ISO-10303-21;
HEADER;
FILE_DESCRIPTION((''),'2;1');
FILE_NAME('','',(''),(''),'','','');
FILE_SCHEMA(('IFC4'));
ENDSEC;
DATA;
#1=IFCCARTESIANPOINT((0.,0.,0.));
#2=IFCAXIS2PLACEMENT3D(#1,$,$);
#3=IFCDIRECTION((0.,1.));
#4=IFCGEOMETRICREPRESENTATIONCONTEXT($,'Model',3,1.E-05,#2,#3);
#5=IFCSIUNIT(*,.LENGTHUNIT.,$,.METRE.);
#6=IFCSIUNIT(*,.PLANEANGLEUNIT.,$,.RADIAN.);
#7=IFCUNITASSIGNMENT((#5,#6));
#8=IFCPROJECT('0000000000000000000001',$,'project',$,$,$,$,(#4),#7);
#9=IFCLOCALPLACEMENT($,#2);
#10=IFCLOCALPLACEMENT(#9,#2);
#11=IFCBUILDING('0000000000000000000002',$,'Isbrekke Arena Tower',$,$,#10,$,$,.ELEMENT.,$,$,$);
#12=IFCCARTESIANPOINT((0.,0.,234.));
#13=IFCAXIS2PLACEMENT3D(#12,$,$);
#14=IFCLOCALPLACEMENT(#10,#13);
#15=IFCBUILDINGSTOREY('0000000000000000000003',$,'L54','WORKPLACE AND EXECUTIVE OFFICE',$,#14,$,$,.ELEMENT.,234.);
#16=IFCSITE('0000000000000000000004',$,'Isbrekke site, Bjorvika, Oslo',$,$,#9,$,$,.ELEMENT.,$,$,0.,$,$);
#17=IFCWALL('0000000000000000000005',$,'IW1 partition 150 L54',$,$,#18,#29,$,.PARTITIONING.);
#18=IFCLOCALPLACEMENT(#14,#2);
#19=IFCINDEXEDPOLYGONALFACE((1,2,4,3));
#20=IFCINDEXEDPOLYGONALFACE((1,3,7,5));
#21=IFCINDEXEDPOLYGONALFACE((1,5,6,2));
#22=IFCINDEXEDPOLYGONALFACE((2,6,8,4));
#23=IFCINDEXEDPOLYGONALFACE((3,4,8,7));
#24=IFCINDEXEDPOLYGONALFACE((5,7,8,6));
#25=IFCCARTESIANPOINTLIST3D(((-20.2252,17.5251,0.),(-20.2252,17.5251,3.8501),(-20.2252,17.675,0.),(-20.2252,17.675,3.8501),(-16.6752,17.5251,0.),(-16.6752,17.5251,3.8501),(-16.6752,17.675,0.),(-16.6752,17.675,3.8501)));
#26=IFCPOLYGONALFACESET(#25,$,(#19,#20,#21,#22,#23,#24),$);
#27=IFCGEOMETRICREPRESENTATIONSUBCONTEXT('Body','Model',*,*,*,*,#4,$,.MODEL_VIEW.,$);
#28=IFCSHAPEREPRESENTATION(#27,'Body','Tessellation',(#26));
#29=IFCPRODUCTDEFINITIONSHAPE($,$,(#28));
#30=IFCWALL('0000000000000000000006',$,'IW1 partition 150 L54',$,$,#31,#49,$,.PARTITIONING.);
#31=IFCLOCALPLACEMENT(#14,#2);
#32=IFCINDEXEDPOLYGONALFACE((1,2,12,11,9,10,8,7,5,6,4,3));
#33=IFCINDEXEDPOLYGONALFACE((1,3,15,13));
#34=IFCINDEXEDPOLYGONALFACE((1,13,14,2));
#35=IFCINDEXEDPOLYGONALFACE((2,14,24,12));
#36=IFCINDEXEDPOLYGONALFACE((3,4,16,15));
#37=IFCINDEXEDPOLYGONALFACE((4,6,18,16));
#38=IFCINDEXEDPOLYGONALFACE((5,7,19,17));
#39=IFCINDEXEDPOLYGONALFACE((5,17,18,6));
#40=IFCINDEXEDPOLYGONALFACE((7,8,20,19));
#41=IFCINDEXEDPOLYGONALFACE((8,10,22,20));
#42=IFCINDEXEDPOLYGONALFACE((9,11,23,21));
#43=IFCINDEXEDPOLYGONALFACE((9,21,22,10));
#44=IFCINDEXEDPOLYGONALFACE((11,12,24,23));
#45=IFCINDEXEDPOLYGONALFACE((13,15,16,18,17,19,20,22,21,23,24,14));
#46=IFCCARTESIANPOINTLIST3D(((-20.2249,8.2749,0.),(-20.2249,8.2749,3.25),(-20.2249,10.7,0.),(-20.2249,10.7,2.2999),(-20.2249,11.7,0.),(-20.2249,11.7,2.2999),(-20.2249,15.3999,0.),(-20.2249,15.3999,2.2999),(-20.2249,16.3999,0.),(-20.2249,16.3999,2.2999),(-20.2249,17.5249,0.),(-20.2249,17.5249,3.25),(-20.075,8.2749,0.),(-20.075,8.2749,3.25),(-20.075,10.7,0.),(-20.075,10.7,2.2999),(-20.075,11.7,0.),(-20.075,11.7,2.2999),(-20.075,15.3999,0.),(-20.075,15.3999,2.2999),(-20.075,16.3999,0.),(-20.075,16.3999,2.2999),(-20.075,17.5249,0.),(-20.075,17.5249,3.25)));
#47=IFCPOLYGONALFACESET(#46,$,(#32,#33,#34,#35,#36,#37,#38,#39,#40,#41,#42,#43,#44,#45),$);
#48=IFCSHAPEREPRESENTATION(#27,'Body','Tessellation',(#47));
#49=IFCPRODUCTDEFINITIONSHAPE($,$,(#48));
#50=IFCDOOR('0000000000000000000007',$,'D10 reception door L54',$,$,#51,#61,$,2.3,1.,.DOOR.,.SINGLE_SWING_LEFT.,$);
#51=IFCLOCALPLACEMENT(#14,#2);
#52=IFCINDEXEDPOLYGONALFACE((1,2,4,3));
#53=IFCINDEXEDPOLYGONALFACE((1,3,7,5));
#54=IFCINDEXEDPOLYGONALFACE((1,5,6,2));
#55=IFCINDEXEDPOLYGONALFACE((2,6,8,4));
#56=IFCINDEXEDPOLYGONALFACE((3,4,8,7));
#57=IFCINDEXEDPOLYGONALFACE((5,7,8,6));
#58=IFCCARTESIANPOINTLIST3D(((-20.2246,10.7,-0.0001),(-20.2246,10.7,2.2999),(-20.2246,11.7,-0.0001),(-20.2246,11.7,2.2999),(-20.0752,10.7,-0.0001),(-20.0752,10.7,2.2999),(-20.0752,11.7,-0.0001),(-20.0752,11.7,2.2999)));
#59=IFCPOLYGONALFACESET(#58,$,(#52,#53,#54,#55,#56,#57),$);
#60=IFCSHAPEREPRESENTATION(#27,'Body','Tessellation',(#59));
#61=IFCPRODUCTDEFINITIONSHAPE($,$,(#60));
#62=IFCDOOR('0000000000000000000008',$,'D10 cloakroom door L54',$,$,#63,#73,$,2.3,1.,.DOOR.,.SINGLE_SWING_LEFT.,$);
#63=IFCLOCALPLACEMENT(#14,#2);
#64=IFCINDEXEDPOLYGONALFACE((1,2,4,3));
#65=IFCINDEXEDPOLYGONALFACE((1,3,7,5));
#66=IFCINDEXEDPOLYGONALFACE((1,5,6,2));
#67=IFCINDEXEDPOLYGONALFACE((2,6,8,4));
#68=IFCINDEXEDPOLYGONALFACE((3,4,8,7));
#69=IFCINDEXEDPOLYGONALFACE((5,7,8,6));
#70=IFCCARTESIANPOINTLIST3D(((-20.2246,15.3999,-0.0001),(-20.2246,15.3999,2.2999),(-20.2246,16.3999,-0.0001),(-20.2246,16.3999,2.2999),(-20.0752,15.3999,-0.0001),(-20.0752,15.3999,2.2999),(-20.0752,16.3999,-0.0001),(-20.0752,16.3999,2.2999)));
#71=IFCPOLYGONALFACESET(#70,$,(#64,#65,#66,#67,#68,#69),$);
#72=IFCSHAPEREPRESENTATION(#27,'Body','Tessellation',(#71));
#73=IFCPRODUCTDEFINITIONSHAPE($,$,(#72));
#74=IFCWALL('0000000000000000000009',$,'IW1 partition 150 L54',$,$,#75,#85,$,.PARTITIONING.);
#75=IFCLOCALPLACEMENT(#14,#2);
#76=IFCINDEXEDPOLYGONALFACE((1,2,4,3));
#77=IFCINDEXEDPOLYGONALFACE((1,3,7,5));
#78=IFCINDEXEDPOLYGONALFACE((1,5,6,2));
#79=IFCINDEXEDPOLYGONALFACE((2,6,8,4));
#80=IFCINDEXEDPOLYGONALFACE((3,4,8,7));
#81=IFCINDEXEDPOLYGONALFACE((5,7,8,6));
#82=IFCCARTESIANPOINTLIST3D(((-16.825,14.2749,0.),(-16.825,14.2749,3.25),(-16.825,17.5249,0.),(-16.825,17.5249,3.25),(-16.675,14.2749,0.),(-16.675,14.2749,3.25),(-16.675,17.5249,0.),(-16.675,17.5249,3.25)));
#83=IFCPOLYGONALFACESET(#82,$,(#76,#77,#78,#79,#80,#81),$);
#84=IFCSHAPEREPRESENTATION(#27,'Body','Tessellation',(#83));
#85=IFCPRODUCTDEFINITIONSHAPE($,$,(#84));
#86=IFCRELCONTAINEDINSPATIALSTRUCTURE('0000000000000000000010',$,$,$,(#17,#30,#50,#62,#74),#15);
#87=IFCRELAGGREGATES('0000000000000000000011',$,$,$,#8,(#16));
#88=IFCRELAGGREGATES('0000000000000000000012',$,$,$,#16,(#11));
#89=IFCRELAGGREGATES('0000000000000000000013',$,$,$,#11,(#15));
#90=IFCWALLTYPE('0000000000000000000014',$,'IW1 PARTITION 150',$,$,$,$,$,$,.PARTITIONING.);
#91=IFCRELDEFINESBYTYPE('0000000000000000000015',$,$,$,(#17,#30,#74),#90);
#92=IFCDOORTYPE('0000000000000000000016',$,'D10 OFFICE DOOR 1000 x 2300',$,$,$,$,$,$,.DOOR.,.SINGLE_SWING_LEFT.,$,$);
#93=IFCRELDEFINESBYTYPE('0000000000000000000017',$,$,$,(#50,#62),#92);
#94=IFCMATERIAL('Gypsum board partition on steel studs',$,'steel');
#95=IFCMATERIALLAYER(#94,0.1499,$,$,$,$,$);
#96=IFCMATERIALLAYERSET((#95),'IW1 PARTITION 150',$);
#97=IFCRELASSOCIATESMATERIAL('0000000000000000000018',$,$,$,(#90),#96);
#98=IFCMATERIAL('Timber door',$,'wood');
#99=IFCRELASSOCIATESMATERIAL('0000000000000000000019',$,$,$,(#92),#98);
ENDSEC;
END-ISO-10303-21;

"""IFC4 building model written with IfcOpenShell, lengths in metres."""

from ifc_helpers import new_model, si_unit, direction, frame, frame_2d, origin, place, context, subcontext, project, spatial, rectangle, extrude, material, layer, layer_set, type_object, element, fill, save


model = new_model("IFC4")

# Units and contexts
model_context = context("Model", 3, precision=1e-05, world=origin(), true_north=direction((0.0, 1.0)))
body_context = subcontext(model_context, "Body", "Model", "MODEL_VIEW")
ifc_project = project(units=[si_unit("LENGTHUNIT", "METRE"), si_unit("PLANEANGLEUNIT", "RADIAN")], contexts=[model_context])

# Site, building, storey
site_placement = place(None, origin())
site = spatial("IfcSite", under=ifc_project, at=site_placement, Name="Isbrekke site, Bjorvika, Oslo", CompositionType="ELEMENT", RefElevation=0.0)
building_placement = place(site_placement, origin())
building = spatial("IfcBuilding", under=site, at=building_placement, Name="Isbrekke Arena Tower", CompositionType="ELEMENT")
storey_placement = place(building_placement, frame((0.0, 0.0, 234.0)))
storey = spatial("IfcBuildingStorey", under=building, at=storey_placement, Name="L54", Description="WORKPLACE AND EXECUTIVE OFFICE", CompositionType="ELEMENT", Elevation=234.0)

# Wall
ifc_material_1 = material(Name="Gypsum board partition on steel studs", Category="steel")
ifc_layer_1 = layer(ifc_material_1, 0.1499)
ifc_layer_set_1 = layer_set([ifc_layer_1], Name="IW1 PARTITION 150")
wall_type = type_object("IfcWallType", Name="IW1 PARTITION 150", PredefinedType="PARTITIONING", material=ifc_layer_set_1)
wall_1_placement = place(storey_placement, frame((-20.2251, 17.6001, 0.0), z_axis=(0.0, 0.0, 1.0), x_axis=(1.0, 0.0, 0.0)))
element("IfcWall", 1, at=wall_1_placement, inside=storey, type_object=wall_type, Name="IW1 partition 150 L54", PredefinedType="PARTITIONING", context=body_context, shape_type="SweptSolid", body=[
    extrude(rectangle(XDim=3.55, YDim=0.1499, at=frame_2d((1.7749, 0.0))), origin(), (0.0, 0.0, 1.0), 3.8501),
])

# Wall, openings, doors
wall_2_placement = place(storey_placement, frame((-20.1499, 8.2749, 0.0), z_axis=(0.0, 0.0, 1.0), x_axis=(0.0, 1.0, 0.0)))
wall_2 = element("IfcWall", 2, at=wall_2_placement, inside=storey, type_object=wall_type, Name="IW1 partition 150 L54", PredefinedType="PARTITIONING", context=body_context, shape_type="SweptSolid", body=[
    extrude(rectangle(XDim=9.25, YDim=0.1499, at=frame_2d((4.625, 0.0))), origin(), (0.0, 0.0, 1.0), 3.25),
])
opening_1_placement = place(wall_2_placement, frame((2.425, 0.0, 0.0)))
opening_1 = element("IfcOpeningElement", 3, at=opening_1_placement, cuts=wall_2, PredefinedType="OPENING", context=body_context, shape_type="SweptSolid", body=[
    extrude(rectangle(XDim=1.0, YDim=2.3, at=frame_2d((0.5, 1.1499))), frame((0.0, 0.0898, 0.0), z_axis=(0.0, -1.0, 0.0), x_axis=(1.0, 0.0, 0.0)), (0.0, 0.0, 1.0), 0.1797),
])
opening_2_placement = place(wall_2_placement, frame((7.125, 0.0, 0.0)))
opening_2 = element("IfcOpeningElement", 4, at=opening_2_placement, cuts=wall_2, PredefinedType="OPENING", context=body_context, shape_type="SweptSolid", body=[
    extrude(rectangle(XDim=1.0, YDim=2.3, at=frame_2d((0.5, 1.1499))), frame((0.0, 0.0898, 0.0), z_axis=(0.0, -1.0, 0.0), x_axis=(1.0, 0.0, 0.0)), (0.0, 0.0, 1.0), 0.1797),
])
ifc_material_2 = material(Name="Timber door", Category="wood")
door_type = type_object("IfcDoorType", Name="D10 OFFICE DOOR 1000 x 2300", OperationType="SINGLE_SWING_LEFT", PredefinedType="DOOR", material=ifc_material_2)
door_1_placement = place(opening_1_placement, origin())
door_1 = element("IfcDoor", 5, at=door_1_placement, inside=storey, type_object=door_type, Name="D10 reception door L54", OperationType="SINGLE_SWING_LEFT", OverallHeight=2.3, OverallWidth=1.0, PredefinedType="DOOR", context=body_context, shape_type="SweptSolid", body=[
    extrude(rectangle(XDim=1.0, YDim=2.3, at=frame_2d((0.5, 1.1499))), frame((0.0, 0.0747, 0.0), z_axis=(0.0, -1.0, 0.0), x_axis=(1.0, 0.0, 0.0)), (0.0, 0.0, 1.0), 0.1494),
])
fill(opening_1, door_1)
door_2_placement = place(opening_2_placement, origin())
door_2 = element("IfcDoor", 6, at=door_2_placement, inside=storey, type_object=door_type, Name="D10 cloakroom door L54", OperationType="SINGLE_SWING_LEFT", OverallHeight=2.3, OverallWidth=1.0, PredefinedType="DOOR", context=body_context, shape_type="SweptSolid", body=[
    extrude(rectangle(XDim=1.0, YDim=2.3, at=frame_2d((0.5, 1.1499))), frame((0.0, 0.0747, 0.0), z_axis=(0.0, -1.0, 0.0), x_axis=(1.0, 0.0, 0.0)), (0.0, 0.0, 1.0), 0.1494),
])
fill(opening_2, door_2)

# Wall
wall_3_placement = place(storey_placement, frame((-16.75, 14.2749, 0.0), z_axis=(0.0, 0.0, 1.0), x_axis=(0.0, 1.0, 0.0)))
element("IfcWall", 7, at=wall_3_placement, inside=storey, type_object=wall_type, Name="IW1 partition 150 L54", PredefinedType="PARTITIONING", context=body_context, shape_type="SweptSolid", body=[
    extrude(rectangle(XDim=3.25, YDim=0.1499, at=frame_2d((1.625, 0.0))), origin(), (0.0, 0.0, 1.0), 3.25),
])

save(model, "model.ifc")
